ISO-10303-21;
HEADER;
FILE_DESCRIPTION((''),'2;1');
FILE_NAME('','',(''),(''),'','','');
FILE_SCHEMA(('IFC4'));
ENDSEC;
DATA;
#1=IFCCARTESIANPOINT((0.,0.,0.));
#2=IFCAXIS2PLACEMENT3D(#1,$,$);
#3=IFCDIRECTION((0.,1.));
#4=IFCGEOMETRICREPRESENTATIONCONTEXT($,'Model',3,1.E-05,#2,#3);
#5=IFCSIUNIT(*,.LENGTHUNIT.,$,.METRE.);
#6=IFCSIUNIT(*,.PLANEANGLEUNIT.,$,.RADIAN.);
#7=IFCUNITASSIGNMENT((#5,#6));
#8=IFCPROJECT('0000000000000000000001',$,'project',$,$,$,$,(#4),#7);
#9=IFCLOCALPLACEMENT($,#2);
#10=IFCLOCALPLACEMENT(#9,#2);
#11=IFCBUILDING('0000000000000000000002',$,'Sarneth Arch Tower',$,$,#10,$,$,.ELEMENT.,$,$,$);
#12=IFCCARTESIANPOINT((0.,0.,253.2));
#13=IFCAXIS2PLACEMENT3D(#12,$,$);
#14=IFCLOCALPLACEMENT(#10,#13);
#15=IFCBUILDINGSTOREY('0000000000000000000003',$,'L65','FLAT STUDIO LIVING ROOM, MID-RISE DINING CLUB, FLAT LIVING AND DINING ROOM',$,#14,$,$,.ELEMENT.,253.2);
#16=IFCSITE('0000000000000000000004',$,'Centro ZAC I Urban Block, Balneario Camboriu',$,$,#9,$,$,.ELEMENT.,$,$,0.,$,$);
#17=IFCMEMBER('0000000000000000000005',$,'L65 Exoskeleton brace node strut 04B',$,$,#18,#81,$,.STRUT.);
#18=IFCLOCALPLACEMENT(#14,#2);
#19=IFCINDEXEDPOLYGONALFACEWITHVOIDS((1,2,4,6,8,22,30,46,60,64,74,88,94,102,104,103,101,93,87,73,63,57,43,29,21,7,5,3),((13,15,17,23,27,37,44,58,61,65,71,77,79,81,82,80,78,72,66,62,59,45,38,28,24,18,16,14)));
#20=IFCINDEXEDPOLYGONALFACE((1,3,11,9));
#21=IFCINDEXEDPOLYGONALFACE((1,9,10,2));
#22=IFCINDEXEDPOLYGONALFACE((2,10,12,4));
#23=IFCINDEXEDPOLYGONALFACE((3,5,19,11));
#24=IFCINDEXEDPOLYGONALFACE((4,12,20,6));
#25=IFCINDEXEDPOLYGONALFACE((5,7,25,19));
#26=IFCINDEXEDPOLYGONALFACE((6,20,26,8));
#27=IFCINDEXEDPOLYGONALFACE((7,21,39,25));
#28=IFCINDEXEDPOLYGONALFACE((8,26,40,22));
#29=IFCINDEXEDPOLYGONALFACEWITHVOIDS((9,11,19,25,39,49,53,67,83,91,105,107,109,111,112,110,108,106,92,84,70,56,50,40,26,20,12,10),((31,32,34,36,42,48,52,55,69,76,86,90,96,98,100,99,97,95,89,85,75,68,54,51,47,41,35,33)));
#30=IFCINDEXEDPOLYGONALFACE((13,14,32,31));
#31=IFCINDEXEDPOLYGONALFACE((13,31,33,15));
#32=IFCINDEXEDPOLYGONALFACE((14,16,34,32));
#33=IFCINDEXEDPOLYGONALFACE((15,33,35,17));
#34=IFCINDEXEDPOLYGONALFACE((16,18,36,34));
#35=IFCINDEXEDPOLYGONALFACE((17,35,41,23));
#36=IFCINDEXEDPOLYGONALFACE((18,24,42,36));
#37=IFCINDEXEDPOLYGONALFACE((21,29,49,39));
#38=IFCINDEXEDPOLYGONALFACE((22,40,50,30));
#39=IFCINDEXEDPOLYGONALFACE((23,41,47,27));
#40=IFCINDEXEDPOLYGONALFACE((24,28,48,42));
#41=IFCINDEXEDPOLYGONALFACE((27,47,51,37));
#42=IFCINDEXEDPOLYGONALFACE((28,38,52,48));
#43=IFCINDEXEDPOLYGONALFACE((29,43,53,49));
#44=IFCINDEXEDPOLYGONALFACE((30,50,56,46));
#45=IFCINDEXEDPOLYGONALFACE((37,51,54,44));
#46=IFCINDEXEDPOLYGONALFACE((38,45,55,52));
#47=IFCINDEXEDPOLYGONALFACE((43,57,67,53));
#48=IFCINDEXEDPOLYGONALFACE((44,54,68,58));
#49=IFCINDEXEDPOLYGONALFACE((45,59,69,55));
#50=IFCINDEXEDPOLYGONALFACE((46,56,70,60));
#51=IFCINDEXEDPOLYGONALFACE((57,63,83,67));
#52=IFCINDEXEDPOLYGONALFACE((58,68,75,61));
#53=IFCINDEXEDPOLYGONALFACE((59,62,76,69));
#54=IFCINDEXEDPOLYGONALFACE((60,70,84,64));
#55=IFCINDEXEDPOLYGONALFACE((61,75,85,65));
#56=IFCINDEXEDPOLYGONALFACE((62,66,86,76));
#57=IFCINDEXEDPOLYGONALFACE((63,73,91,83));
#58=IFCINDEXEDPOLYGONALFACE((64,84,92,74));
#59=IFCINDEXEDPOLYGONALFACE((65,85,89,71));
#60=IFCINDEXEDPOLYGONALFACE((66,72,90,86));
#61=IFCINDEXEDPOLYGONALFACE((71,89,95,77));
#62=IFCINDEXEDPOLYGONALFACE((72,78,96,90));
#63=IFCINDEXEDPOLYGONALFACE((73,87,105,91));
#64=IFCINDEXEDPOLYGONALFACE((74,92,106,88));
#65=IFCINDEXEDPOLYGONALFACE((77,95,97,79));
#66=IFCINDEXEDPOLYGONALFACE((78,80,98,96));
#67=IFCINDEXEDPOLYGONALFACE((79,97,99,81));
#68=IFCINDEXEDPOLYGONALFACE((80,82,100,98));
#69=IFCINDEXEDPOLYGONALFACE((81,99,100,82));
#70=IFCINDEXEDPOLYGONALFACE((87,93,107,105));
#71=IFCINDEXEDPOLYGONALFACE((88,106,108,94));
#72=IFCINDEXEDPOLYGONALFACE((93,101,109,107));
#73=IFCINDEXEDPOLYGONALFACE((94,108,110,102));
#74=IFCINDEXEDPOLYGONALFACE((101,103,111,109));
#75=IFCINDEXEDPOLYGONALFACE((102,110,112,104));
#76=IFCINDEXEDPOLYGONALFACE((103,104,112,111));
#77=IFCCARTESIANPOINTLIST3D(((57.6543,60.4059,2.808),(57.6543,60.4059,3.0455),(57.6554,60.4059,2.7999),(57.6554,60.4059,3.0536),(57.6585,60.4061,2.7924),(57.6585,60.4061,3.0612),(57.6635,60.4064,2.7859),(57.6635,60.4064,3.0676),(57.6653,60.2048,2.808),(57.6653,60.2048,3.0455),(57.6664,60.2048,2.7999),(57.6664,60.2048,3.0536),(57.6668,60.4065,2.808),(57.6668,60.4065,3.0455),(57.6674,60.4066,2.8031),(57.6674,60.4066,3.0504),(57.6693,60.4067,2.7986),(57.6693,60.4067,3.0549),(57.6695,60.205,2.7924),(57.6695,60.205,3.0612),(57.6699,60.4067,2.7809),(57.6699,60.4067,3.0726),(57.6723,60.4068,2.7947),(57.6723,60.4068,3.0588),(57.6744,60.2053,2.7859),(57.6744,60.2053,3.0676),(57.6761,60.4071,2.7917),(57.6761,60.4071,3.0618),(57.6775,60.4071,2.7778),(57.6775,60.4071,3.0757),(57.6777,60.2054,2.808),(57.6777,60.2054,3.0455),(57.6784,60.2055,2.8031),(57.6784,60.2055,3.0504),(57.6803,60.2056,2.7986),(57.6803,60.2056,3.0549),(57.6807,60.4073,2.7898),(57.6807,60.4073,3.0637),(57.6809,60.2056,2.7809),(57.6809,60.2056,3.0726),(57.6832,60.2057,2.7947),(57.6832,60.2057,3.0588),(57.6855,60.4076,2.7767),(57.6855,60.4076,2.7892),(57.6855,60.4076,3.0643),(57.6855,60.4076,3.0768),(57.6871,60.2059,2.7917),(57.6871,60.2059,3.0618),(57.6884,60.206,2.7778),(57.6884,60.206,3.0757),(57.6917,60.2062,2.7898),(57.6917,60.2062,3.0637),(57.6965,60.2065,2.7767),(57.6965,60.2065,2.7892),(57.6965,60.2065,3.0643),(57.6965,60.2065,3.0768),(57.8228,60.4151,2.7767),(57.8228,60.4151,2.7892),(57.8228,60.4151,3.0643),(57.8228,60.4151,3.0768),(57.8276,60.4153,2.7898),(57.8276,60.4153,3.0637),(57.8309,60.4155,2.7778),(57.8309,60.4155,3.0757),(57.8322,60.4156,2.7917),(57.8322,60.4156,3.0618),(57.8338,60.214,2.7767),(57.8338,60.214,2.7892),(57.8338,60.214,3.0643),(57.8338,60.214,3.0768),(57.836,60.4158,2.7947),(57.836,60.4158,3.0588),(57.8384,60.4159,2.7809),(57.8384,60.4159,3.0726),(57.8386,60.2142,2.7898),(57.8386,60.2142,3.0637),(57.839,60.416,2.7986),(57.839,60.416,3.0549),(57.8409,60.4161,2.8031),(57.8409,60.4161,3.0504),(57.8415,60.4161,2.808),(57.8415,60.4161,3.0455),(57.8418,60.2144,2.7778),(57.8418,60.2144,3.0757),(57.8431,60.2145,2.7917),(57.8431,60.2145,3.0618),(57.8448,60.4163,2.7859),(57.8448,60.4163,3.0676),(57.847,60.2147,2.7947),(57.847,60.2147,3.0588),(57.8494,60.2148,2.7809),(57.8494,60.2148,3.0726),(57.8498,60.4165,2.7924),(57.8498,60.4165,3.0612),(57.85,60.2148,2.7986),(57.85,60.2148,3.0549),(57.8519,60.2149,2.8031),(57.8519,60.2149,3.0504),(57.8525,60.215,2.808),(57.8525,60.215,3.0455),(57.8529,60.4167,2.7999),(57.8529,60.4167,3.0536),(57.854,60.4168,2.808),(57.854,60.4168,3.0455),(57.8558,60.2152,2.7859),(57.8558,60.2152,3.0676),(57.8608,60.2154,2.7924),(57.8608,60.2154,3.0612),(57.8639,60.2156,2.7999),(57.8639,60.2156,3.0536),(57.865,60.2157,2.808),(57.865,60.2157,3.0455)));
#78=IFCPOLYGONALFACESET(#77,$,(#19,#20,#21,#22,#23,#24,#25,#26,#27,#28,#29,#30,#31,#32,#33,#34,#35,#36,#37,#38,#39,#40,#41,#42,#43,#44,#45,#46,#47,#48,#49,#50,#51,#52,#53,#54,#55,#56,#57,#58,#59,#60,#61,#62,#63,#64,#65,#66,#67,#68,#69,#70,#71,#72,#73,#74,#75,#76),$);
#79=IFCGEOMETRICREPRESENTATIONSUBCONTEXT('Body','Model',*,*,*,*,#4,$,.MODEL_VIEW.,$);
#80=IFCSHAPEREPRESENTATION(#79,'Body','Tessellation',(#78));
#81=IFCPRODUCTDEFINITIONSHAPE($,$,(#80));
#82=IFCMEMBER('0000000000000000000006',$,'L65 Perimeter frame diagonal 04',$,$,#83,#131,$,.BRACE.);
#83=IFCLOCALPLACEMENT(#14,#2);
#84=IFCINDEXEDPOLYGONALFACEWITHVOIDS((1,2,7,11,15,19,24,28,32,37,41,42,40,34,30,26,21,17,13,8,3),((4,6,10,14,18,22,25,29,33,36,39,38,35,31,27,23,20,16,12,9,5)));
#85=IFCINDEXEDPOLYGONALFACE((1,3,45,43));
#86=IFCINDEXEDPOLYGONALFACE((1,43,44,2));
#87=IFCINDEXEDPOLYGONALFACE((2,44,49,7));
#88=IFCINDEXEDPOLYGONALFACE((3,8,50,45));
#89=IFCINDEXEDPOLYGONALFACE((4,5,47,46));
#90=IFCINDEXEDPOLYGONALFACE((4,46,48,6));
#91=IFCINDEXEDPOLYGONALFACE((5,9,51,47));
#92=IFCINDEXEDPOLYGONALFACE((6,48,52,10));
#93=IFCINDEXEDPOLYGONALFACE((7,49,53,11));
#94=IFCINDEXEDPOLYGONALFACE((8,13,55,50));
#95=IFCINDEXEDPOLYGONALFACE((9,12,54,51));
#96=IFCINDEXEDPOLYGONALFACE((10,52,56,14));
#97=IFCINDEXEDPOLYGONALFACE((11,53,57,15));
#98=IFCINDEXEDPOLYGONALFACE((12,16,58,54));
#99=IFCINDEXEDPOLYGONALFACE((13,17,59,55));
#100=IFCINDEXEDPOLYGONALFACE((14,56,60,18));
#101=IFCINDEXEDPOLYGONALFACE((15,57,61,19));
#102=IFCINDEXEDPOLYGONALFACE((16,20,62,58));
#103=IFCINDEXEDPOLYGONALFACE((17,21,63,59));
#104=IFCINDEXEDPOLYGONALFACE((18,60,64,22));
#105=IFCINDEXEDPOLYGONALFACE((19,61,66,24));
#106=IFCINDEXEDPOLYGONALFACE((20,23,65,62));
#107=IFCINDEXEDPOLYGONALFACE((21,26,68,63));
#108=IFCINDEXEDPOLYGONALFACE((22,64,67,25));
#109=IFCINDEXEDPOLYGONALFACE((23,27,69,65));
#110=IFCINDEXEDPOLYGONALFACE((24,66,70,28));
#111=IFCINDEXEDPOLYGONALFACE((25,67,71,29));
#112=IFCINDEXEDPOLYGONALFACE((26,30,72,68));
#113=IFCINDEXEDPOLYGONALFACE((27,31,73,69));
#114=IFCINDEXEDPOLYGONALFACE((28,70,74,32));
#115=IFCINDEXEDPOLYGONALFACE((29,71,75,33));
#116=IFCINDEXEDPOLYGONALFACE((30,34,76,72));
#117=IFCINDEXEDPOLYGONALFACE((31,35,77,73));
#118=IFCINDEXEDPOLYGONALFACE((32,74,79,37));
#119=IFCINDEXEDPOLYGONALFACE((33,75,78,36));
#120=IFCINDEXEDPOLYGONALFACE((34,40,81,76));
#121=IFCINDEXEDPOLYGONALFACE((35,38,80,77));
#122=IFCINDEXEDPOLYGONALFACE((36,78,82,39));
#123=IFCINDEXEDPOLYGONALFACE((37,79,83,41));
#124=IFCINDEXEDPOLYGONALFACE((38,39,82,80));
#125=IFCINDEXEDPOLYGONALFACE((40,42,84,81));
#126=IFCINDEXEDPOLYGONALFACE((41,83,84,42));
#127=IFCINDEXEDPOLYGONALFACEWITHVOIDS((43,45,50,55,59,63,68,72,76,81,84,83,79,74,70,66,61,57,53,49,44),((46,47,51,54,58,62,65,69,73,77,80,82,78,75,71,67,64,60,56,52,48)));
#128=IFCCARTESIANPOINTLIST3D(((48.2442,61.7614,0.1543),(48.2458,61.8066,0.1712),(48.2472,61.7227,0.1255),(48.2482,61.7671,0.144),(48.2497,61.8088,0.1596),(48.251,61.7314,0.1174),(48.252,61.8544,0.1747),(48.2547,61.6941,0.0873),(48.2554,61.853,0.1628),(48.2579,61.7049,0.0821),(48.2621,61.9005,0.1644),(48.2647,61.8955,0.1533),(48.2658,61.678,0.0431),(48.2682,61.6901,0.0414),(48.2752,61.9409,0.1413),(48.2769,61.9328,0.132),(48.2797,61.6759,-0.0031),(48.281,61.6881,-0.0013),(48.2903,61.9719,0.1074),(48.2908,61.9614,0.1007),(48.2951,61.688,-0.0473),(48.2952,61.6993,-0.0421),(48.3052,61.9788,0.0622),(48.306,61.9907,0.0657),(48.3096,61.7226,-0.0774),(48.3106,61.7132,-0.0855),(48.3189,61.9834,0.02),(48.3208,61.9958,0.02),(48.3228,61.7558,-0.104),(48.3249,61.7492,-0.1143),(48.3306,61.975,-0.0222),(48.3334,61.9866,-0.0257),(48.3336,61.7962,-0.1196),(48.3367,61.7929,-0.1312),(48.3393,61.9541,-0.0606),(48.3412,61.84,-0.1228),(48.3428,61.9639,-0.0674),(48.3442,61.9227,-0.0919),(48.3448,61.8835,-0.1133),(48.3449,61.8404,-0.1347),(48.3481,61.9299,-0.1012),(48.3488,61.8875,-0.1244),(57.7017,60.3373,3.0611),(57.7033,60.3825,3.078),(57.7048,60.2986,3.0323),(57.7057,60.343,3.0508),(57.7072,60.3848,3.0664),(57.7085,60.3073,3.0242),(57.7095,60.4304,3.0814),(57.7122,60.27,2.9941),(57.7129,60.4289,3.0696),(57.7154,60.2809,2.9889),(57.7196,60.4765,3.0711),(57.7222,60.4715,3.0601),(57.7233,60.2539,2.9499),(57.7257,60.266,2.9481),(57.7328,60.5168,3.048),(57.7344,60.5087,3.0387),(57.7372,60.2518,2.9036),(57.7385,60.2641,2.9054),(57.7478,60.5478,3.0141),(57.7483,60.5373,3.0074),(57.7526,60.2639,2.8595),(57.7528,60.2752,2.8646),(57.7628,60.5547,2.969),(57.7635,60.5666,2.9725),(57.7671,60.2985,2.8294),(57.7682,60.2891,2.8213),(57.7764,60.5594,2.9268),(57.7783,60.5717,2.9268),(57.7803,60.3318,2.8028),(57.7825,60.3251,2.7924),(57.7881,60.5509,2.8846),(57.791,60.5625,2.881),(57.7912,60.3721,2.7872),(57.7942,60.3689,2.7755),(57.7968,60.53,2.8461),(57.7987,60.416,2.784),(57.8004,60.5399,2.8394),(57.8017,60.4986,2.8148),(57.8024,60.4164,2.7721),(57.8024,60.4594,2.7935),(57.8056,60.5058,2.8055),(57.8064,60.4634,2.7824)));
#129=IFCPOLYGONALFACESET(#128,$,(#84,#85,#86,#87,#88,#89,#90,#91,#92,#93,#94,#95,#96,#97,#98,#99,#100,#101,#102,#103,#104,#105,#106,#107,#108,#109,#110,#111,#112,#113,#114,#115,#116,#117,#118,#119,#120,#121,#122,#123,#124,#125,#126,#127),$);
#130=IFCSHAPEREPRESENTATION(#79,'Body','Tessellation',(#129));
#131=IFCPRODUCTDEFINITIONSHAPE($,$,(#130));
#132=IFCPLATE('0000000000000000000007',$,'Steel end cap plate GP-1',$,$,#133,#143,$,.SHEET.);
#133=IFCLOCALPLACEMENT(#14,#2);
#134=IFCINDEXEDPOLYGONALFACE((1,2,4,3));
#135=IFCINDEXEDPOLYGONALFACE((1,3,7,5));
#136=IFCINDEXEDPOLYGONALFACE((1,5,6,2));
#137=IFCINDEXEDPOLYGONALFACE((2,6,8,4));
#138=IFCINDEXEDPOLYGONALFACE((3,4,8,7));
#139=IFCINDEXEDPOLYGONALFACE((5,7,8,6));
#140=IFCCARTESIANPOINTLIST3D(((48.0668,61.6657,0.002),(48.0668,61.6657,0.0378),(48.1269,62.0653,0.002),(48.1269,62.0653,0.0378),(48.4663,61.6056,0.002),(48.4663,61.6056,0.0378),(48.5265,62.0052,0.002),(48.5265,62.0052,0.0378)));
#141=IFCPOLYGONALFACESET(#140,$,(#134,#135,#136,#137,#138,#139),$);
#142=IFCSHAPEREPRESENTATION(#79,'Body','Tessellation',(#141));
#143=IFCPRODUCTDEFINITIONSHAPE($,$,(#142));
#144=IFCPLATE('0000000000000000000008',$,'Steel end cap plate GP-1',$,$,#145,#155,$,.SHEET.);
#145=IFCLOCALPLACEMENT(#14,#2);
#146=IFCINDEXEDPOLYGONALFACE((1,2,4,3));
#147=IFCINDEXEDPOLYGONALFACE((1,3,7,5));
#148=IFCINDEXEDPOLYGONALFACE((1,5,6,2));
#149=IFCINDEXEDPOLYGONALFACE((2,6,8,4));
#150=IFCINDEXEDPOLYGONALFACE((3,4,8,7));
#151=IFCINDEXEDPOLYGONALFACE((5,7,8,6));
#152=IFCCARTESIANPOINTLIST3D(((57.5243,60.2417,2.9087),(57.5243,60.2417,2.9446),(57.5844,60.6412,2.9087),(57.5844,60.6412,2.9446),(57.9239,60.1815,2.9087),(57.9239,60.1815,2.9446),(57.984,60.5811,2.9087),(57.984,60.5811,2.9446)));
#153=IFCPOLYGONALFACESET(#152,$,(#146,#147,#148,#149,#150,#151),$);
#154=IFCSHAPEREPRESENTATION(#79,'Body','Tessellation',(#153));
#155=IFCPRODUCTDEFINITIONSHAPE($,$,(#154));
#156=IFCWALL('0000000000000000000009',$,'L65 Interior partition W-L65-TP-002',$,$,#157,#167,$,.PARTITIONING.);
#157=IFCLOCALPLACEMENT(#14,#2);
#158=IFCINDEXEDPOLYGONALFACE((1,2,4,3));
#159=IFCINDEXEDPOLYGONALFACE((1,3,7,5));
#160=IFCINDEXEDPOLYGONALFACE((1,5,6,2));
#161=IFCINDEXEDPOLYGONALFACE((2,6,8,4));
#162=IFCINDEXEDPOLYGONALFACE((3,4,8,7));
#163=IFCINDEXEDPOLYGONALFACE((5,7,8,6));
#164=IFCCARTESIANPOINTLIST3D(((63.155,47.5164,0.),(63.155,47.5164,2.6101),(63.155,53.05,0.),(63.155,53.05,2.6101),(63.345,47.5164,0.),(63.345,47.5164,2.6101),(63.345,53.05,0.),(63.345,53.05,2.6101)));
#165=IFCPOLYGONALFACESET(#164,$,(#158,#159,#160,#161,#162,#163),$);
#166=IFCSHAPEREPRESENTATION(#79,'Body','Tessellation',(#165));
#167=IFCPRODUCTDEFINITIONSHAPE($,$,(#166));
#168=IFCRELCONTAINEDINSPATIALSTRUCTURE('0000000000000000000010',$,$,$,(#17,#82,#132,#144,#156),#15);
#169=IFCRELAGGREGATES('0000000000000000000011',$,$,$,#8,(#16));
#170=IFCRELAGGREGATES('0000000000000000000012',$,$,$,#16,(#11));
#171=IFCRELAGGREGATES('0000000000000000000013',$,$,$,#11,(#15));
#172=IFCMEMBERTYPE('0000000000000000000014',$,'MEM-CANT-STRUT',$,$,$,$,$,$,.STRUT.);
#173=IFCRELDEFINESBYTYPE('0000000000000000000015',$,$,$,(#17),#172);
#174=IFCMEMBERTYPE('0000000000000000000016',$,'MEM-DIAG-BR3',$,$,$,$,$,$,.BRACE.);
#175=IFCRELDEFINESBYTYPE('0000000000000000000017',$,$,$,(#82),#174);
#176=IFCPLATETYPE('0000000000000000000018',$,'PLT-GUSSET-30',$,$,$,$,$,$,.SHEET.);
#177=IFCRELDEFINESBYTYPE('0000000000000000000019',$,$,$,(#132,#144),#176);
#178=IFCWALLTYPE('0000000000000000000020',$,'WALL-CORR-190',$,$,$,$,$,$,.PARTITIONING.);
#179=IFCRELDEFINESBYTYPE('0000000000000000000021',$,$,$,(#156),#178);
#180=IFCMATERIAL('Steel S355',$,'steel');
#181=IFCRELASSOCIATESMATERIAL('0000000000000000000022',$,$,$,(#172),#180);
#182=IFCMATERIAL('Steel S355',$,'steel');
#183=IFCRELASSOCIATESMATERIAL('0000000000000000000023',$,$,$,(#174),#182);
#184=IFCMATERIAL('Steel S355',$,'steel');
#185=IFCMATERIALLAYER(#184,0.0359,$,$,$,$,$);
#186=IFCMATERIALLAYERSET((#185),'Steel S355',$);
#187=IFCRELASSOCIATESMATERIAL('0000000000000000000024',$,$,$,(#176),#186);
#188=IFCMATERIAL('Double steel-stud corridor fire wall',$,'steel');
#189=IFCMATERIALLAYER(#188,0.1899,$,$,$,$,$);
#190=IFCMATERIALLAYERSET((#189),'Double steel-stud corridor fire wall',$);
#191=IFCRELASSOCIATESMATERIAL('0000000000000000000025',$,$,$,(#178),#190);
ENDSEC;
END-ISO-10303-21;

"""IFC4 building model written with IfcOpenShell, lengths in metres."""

from ifc_helpers import new_model, si_unit, direction, frame, frame_2d, origin, origin_2d, place, context, subcontext, project, spatial, rectangle, hollow_rectangle, hollow_circle, extrude, material, layer, layer_set, material_profile, profile_set, type_object, element, save


model = new_model("IFC4")

# Units and contexts
model_context = context("Model", 3, precision=1e-05, world=origin(), true_north=direction((0.0, 1.0)))
body_context = subcontext(model_context, "Body", "Model", "MODEL_VIEW")
ifc_project = project(units=[si_unit("LENGTHUNIT", "METRE"), si_unit("PLANEANGLEUNIT", "RADIAN")], contexts=[model_context])

# Site, building, storey
site_placement = place(None, origin())
site = spatial("IfcSite", under=ifc_project, at=site_placement, Name="Centro ZAC I Urban Block, Balneario Camboriu", CompositionType="ELEMENT", RefElevation=0.0)
building_placement = place(site_placement, origin())
building = spatial("IfcBuilding", under=site, at=building_placement, Name="Sarneth Arch Tower", CompositionType="ELEMENT")
storey_placement = place(building_placement, frame((0.0, 0.0, 253.2)))
storey = spatial("IfcBuildingStorey", under=building, at=storey_placement, Name="L65", Description="FLAT STUDIO LIVING ROOM, MID-RISE DINING CLUB, FLAT LIVING AND DINING ROOM", CompositionType="ELEMENT", Elevation=253.2)

# Members
ifc_material_1 = material(Name="Steel S355", Category="steel")
ifc_material_profile_1 = material_profile(ifc_material_1, hollow_rectangle(XDim=0.2, YDim=0.3, WallThickness=0.0125, InnerFilletRadius=0.0188, OuterFilletRadius=0.0312, at=origin_2d()), Name="RHS300x200x12.5")
ifc_profile_set_1 = profile_set([ifc_material_profile_1], Name="Steel S355")
member_type_1 = type_object("IfcMemberType", Name="MEM-CANT-STRUT", PredefinedType="STRUT", material=ifc_profile_set_1)
member_1_placement = place(storey_placement, frame((57.7651, 60.2102, 2.9268), z_axis=(-0.05453, 0.998512, 0.0), x_axis=(-0.998512, -0.05453, 0.0)))
element("IfcMember", 1, at=member_1_placement, inside=storey, type_object=member_type_1, Name="L65 Exoskeleton brace node strut 04B", PredefinedType="STRUT", context=body_context, shape_type="SweptSolid", body=[
    extrude(hollow_rectangle(XDim=0.2, YDim=0.3, WallThickness=0.0125, InnerFilletRadius=0.0188, OuterFilletRadius=0.0312, at=origin_2d()), origin(), (0.0, 0.0, 1.0), 0.2014),
])
ifc_material_2 = material(Name="Steel S355", Category="steel")
ifc_material_profile_2 = material_profile(ifc_material_2, hollow_circle(Radius=0.1621, WallThickness=0.0125, at=origin_2d()), Name="CHS324x12.5")
ifc_profile_set_2 = profile_set([ifc_material_profile_2], Name="Steel S355")
member_type_2 = type_object("IfcMemberType", Name="MEM-DIAG-BR3", PredefinedType="BRACE", material=ifc_profile_set_2)
member_2_placement = place(storey_placement, frame((48.2966, 61.8354, 0.02), z_axis=(0.946122, -0.142463, 0.290788), x_axis=(0.148897, 0.988853, 0.0)))
element("IfcMember", 2, at=member_2_placement, inside=storey, type_object=member_type_2, Name="L65 Perimeter frame diagonal 04", PredefinedType="BRACE", context=body_context, shape_type="SweptSolid", body=[
    extrude(hollow_circle(Radius=0.1621, WallThickness=0.0125, at=origin_2d()), origin(), (0.0, 0.0, 1.0), 9.9961),
])

# Plates
ifc_material_3 = material(Name="Steel S355", Category="steel")
ifc_layer_1 = layer(ifc_material_3, 0.0359)
ifc_layer_set_1 = layer_set([ifc_layer_1], Name="Steel S355")
plate_type = type_object("IfcPlateType", Name="PLT-GUSSET-30", PredefinedType="SHEET", material=ifc_layer_set_1)
for number, where, z_axis, x_axis, name in (
    (3, (48.2966, 61.8354, 0.002), (0.0, 0.0, 1.0), (-0.988861, 0.148845, 0.0), "Steel end cap plate GP-1"),
    (4, (57.7542, 60.4114, 2.9087), (0.0, 0.0, 1.0), (-0.988861, 0.148845, 0.0), "Steel end cap plate GP-1"),
):
    element("IfcPlate", number, at=place(storey_placement, frame(where, z_axis=z_axis, x_axis=x_axis)), inside=storey, type_object=plate_type, Name=name, PredefinedType="SHEET", context=body_context, shape_type="SweptSolid", body=[
        extrude(rectangle(XDim=0.4041, YDim=0.4041, at=origin_2d()), origin(), (0.0, 0.0, 1.0), 0.0359),
    ])

# Wall
ifc_material_4 = material(Name="Double steel-stud corridor fire wall", Category="steel")
ifc_layer_2 = layer(ifc_material_4, 0.1899)
ifc_layer_set_2 = layer_set([ifc_layer_2], Name="Double steel-stud corridor fire wall")
wall_type_1 = type_object("IfcWallType", Name="WALL-CORR-190", PredefinedType="PARTITIONING", material=ifc_layer_set_2)
wall_1_placement = place(storey_placement, frame((63.25, 53.05, 0.0), z_axis=(0.0, 0.0, 1.0), x_axis=(0.0, -1.0, 0.0)))
element("IfcWall", 5, at=wall_1_placement, inside=storey, type_object=wall_type_1, Name="L65 Interior partition W-L65-TP-002", PredefinedType="PARTITIONING", context=body_context, shape_type="SweptSolid", body=[
    extrude(rectangle(XDim=5.5337, YDim=0.1899, at=frame_2d((2.7668, 0.0))), origin(), (0.0, 0.0, 1.0), 2.6101),
])

save(model, "model.ifc")
